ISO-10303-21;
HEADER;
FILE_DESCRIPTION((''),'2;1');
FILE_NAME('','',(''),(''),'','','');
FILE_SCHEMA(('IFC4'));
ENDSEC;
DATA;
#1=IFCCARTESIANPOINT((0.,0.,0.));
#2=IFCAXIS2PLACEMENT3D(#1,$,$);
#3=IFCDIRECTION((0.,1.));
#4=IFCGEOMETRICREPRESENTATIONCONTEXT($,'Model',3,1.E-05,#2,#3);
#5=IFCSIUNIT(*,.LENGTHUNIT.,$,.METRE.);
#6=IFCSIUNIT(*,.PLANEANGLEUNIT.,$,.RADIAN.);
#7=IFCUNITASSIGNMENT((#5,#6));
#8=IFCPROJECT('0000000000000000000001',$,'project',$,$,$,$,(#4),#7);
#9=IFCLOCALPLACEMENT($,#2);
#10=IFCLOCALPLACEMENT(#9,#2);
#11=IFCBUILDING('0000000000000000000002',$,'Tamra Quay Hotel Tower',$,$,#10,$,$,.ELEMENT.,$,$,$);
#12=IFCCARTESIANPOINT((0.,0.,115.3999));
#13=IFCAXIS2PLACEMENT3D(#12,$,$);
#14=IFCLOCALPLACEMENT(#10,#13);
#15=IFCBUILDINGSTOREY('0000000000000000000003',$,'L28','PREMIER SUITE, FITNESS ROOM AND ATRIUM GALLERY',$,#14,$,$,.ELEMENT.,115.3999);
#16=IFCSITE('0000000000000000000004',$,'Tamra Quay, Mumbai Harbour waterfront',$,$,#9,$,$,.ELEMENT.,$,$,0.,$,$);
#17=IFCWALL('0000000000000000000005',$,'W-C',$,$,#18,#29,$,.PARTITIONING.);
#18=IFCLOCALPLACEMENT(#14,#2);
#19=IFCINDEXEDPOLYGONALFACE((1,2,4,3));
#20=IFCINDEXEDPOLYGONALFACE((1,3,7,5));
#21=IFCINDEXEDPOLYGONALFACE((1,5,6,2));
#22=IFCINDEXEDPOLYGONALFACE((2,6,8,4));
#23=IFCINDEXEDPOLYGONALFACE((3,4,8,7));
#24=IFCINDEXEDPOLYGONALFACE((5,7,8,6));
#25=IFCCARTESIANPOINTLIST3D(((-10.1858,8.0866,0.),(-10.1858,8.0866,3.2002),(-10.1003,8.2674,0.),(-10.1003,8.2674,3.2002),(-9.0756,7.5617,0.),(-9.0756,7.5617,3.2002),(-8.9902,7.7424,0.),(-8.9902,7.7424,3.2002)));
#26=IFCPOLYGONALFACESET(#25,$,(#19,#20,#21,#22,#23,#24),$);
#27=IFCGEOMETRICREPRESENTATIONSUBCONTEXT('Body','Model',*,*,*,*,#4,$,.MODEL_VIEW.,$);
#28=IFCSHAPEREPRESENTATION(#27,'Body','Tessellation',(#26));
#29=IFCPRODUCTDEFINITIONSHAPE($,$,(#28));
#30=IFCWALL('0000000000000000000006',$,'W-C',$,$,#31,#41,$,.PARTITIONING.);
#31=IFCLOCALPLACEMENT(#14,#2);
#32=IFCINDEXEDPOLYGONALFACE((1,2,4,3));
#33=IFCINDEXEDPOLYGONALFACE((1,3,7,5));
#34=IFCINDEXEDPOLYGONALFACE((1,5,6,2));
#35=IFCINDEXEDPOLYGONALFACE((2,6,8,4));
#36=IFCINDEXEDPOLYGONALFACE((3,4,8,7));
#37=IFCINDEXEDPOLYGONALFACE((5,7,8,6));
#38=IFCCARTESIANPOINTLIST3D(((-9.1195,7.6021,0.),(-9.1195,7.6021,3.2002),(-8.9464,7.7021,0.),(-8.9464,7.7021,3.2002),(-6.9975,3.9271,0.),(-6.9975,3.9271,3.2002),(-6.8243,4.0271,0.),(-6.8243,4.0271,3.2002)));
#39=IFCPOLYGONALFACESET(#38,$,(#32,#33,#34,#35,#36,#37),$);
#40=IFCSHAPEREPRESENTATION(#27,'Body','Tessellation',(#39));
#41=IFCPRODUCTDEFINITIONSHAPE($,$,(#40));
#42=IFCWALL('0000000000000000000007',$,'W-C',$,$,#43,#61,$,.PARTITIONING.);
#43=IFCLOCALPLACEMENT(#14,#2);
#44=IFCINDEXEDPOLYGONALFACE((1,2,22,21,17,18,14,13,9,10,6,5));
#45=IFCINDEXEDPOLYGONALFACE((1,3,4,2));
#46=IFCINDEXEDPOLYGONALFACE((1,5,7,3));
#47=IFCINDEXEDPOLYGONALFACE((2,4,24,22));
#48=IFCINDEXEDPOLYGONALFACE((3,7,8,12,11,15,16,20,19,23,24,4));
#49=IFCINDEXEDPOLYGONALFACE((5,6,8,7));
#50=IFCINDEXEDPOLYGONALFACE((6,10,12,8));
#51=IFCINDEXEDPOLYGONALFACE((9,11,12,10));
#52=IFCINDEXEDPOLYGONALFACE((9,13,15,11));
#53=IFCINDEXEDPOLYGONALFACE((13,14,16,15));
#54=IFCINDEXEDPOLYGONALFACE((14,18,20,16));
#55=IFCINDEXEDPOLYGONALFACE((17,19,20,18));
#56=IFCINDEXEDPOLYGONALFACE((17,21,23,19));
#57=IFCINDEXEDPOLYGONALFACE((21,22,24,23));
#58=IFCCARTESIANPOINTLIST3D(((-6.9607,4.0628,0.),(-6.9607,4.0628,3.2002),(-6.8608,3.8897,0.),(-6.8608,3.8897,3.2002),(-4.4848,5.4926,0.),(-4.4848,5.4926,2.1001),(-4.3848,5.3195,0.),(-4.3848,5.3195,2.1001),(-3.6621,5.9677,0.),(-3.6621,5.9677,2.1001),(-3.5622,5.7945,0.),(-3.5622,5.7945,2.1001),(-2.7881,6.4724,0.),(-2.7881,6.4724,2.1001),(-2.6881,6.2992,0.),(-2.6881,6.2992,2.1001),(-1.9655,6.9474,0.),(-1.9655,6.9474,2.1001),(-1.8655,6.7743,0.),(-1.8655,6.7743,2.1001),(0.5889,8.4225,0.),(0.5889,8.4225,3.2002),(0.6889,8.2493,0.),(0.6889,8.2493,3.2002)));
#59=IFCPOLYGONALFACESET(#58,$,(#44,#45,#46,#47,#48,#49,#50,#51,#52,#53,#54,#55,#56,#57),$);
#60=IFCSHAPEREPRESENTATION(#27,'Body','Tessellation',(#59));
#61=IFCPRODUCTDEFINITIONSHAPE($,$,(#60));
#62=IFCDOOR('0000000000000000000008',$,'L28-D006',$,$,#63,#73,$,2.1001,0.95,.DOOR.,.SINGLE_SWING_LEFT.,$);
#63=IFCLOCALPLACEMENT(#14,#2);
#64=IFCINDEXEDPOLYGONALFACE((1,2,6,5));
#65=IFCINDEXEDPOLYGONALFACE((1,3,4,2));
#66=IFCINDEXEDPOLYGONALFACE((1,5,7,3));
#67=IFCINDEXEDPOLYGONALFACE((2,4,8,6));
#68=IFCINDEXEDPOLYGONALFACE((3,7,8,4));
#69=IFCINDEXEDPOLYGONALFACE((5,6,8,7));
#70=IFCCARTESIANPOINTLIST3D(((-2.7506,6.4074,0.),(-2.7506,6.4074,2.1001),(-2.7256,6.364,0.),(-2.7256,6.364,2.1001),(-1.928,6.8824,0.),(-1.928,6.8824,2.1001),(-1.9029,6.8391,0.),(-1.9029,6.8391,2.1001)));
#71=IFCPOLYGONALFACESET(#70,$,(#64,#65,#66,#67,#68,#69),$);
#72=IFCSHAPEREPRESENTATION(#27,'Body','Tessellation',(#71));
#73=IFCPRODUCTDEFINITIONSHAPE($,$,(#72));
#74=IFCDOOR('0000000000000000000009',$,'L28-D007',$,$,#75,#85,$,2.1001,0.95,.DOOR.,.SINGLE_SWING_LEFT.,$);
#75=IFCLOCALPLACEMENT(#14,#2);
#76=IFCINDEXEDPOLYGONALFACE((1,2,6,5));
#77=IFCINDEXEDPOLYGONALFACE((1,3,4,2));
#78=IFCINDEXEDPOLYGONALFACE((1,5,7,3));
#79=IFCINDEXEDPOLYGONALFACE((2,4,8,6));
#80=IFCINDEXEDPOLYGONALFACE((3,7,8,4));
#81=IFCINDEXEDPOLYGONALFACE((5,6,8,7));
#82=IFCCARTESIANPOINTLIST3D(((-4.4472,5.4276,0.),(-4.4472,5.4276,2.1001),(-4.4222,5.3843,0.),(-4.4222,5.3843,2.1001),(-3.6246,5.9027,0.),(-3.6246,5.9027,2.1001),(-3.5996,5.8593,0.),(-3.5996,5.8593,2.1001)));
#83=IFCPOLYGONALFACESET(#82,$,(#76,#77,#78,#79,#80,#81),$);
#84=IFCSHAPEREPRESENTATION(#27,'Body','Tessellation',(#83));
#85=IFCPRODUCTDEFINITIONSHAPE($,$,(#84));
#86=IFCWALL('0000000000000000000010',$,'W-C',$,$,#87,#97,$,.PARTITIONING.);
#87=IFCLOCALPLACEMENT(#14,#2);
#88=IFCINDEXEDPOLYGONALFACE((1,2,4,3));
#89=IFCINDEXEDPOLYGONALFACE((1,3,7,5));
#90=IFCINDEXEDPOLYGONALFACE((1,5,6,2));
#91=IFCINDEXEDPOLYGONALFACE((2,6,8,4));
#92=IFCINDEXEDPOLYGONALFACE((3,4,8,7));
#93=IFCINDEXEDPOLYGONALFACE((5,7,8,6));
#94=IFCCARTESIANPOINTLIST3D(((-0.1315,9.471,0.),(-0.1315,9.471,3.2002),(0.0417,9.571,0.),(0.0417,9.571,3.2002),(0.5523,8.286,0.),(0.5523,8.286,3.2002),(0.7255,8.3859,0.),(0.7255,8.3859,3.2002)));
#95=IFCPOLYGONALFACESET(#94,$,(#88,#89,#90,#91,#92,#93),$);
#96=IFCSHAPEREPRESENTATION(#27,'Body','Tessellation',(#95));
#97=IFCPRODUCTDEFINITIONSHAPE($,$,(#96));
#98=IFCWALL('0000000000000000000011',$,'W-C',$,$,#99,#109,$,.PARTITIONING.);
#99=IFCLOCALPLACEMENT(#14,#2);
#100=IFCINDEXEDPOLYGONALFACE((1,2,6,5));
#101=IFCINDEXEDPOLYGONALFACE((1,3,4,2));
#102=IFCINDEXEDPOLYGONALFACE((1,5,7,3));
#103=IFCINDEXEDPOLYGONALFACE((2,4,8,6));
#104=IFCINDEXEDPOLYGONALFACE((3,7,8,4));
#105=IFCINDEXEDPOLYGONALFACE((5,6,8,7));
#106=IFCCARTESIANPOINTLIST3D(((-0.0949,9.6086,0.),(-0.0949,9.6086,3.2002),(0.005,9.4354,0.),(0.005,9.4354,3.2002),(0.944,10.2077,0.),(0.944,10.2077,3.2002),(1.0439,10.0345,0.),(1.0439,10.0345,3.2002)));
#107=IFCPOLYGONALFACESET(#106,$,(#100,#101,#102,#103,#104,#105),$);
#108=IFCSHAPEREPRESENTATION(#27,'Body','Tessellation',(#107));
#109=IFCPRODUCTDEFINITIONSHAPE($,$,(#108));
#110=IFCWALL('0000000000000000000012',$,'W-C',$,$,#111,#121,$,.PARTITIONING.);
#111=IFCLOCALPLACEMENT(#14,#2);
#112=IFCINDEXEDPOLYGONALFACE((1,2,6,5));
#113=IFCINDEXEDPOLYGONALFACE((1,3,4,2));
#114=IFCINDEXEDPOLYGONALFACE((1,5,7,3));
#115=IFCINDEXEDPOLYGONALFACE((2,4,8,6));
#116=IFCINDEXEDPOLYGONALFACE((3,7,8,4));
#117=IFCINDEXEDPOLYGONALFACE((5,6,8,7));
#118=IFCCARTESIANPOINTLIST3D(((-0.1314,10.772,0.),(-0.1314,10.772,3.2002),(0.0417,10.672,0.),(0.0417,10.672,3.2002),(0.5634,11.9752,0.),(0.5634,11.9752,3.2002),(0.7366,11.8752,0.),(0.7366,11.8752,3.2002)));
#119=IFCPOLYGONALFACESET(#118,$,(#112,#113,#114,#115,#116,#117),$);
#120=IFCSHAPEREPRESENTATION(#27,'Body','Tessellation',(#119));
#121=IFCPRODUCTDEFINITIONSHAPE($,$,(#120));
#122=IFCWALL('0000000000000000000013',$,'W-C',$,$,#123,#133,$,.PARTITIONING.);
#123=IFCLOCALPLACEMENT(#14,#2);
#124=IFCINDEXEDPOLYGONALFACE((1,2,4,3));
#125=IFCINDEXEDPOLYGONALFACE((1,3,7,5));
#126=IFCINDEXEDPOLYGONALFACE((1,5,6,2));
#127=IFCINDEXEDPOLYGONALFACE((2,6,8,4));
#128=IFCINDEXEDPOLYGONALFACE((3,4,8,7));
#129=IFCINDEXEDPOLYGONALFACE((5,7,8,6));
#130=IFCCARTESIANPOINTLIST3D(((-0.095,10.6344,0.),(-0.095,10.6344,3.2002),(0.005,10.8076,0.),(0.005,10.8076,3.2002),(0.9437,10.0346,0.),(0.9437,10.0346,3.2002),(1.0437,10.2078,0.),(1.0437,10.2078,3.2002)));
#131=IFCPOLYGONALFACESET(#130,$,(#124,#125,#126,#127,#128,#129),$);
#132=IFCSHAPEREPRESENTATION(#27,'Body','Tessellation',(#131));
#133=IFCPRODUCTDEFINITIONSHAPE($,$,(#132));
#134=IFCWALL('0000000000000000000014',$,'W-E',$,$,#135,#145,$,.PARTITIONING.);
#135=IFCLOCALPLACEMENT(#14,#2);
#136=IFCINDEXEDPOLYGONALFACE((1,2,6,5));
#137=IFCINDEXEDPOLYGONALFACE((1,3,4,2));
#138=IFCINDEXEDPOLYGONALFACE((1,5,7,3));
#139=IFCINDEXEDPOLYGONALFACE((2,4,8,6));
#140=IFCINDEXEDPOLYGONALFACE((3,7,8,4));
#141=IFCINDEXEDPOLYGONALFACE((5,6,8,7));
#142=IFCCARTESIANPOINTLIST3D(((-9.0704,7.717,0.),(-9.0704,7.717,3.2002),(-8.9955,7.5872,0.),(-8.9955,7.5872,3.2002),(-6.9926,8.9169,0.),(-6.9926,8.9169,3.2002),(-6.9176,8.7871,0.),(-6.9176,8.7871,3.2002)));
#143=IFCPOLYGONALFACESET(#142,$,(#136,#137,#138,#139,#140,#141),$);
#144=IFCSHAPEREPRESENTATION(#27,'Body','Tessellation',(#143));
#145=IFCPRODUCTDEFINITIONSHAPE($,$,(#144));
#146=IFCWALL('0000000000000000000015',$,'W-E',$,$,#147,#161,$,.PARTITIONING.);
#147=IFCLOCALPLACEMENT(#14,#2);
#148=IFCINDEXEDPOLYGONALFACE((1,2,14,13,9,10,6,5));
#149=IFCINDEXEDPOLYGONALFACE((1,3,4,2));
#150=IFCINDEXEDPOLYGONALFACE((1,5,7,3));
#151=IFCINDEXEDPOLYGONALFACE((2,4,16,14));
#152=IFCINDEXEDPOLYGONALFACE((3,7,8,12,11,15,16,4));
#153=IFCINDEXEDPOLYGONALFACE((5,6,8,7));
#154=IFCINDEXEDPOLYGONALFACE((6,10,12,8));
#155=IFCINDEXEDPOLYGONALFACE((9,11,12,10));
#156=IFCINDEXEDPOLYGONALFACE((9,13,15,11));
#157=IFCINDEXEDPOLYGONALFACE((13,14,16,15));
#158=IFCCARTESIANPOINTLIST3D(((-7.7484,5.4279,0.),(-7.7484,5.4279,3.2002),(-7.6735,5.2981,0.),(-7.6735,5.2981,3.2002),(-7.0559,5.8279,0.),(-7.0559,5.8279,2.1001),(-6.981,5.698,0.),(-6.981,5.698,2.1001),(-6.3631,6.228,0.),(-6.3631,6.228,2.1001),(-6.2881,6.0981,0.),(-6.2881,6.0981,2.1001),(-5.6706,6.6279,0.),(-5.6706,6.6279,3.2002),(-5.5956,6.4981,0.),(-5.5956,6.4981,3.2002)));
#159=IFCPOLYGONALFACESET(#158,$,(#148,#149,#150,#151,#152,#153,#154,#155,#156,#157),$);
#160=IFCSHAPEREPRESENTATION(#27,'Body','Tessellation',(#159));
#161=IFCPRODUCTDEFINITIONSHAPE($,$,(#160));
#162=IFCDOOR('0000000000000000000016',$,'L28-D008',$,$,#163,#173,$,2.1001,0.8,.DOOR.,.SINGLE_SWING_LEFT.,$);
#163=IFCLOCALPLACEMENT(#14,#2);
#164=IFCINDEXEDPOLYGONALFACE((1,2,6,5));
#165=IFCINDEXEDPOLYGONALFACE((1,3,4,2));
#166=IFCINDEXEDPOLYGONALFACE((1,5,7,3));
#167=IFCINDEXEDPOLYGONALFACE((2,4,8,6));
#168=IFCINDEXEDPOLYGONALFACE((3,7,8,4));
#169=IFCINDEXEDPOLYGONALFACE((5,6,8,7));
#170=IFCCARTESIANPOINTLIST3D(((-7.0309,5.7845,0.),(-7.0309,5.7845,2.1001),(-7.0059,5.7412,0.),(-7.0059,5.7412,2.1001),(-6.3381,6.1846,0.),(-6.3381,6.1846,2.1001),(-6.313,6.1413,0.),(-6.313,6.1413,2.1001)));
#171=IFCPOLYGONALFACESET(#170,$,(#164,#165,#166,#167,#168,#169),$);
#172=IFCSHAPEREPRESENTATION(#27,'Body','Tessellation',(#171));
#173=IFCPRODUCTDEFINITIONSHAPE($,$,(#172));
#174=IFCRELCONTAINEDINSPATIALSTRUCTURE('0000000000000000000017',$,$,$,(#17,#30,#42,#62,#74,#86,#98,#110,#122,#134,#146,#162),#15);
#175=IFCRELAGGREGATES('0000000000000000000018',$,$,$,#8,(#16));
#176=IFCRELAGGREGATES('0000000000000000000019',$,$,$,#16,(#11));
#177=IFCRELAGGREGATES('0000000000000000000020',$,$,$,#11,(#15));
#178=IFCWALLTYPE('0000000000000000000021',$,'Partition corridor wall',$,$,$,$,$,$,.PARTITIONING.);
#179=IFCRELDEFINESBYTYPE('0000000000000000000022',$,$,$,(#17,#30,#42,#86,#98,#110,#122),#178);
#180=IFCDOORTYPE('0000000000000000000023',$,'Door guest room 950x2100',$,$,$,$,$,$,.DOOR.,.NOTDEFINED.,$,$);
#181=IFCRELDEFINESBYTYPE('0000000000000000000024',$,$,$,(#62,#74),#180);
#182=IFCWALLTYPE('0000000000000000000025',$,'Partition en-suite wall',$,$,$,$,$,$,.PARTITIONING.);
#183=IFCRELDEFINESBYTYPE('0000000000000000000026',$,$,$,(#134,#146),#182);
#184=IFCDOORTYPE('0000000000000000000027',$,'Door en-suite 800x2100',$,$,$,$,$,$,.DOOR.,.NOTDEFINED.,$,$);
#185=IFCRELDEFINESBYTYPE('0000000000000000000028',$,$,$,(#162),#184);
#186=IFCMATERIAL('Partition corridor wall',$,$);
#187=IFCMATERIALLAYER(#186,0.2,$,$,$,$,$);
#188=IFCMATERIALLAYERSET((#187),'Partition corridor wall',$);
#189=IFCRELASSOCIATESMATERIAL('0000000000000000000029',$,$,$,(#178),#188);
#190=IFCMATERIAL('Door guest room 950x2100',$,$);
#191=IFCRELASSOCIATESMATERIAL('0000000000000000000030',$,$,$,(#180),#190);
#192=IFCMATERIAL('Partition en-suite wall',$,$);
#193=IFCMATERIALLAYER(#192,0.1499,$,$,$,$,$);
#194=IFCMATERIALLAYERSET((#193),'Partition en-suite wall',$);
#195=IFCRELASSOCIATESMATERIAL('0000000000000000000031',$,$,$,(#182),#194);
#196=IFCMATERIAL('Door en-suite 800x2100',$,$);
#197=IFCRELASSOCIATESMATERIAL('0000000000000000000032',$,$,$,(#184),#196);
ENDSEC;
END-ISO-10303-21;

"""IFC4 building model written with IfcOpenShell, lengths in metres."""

from ifc_helpers import new_model, si_unit, direction, frame, frame_2d, origin, place, context, subcontext, project, spatial, rectangle, extrude, material, layer, layer_set, type_object, element, fill, save


model = new_model("IFC4")

# Units and contexts
model_context = context("Model", 3, precision=1e-05, world=origin(), true_north=direction((0.0, 1.0)))
body_context = subcontext(model_context, "Body", "Model", "MODEL_VIEW")
ifc_project = project(units=[si_unit("LENGTHUNIT", "METRE"), si_unit("PLANEANGLEUNIT", "RADIAN")], contexts=[model_context])

# Site, building, storey
site_placement = place(None, origin())
site = spatial("IfcSite", under=ifc_project, at=site_placement, Name="Tamra Quay, Mumbai Harbour waterfront", CompositionType="ELEMENT", RefElevation=0.0)
building_placement = place(site_placement, origin())
building = spatial("IfcBuilding", under=site, at=building_placement, Name="Tamra Quay Hotel Tower", CompositionType="ELEMENT")
storey_placement = place(building_placement, frame((0.0, 0.0, 115.3999)))
storey = spatial("IfcBuildingStorey", under=building, at=storey_placement, Name="L28", Description="PREMIER SUITE, FITNESS ROOM AND ATRIUM GALLERY", CompositionType="ELEMENT", Elevation=115.3999)

# Walls
ifc_material_1 = material(Name="Partition corridor wall")
ifc_layer_1 = layer(ifc_material_1, 0.2)
ifc_layer_set_1 = layer_set([ifc_layer_1], Name="Partition corridor wall")
wall_type_1 = type_object("IfcWallType", Name="Partition corridor wall", PredefinedType="PARTITIONING", material=ifc_layer_set_1)
wall_1_placement = place(storey_placement, frame((-10.1431, 8.177, 0.0), z_axis=(0.0, 0.0, 1.0), x_axis=(0.904033, -0.427462, 0.0)))
element("IfcWall", 1, at=wall_1_placement, inside=storey, type_object=wall_type_1, Name="W-C", PredefinedType="PARTITIONING", context=body_context, shape_type="SweptSolid", body=[
    extrude(rectangle(XDim=1.228, YDim=0.2, at=frame_2d((0.614, 0.0))), origin(), (0.0, 0.0, 1.0), 3.2002),
])
wall_2_placement = place(storey_placement, frame((-9.033, 7.6521, 0.0), z_axis=(0.0, 0.0, 1.0), x_axis=(0.500049, -0.865997, 0.0)))
element("IfcWall", 2, at=wall_2_placement, inside=storey, type_object=wall_type_1, Name="W-C", PredefinedType="PARTITIONING", context=body_context, shape_type="SweptSolid", body=[
    extrude(rectangle(XDim=4.2437, YDim=0.2, at=frame_2d((2.1218, 0.0))), origin(), (0.0, 0.0, 1.0), 3.2002),
])

# Wall, openings, doors
wall_3_placement = place(storey_placement, frame((-6.9106, 3.9763, 0.0), z_axis=(0.0, 0.0, 1.0), x_axis=(0.865982, 0.500076, 0.0)))
wall_3 = element("IfcWall", 3, at=wall_3_placement, inside=storey, type_object=wall_type_1, Name="W-C", PredefinedType="PARTITIONING", context=body_context, shape_type="SweptSolid", body=[
    extrude(rectangle(XDim=8.718, YDim=0.2, at=frame_2d((4.3589, 0.0))), origin(), (0.0, 0.0, 1.0), 3.2002),
])
opening_1_placement = place(wall_3_placement, frame((4.8181, 0.0, 0.0)))
opening_1 = element("IfcOpeningElement", 4, at=opening_1_placement, cuts=wall_3, PredefinedType="OPENING", context=body_context, shape_type="SweptSolid", body=[
    extrude(rectangle(XDim=0.95, YDim=2.1001, at=frame_2d((0.4751, 1.05))), frame((0.0, 0.1099, 0.0), z_axis=(0.0, -1.0, 0.0), x_axis=(1.0, 0.0, 0.0)), (0.0, 0.0, 1.0), 0.22),
])
opening_2_placement = place(wall_3_placement, frame((2.8589, 0.0, 0.0)))
opening_2 = element("IfcOpeningElement", 5, at=opening_2_placement, cuts=wall_3, PredefinedType="OPENING", context=body_context, shape_type="SweptSolid", body=[
    extrude(rectangle(XDim=0.95, YDim=2.1001, at=frame_2d((0.4751, 1.05))), frame((0.0, 0.1099, 0.0), z_axis=(0.0, -1.0, 0.0), x_axis=(1.0, 0.0, 0.0)), (0.0, 0.0, 1.0), 0.22),
])
ifc_material_2 = material(Name="Door guest room 950x2100")
door_type_1 = type_object("IfcDoorType", Name="Door guest room 950x2100", OperationType="NOTDEFINED", PredefinedType="DOOR", material=ifc_material_2)
door_1_placement = place(opening_1_placement, origin())
door_1 = element("IfcDoor", 6, at=door_1_placement, inside=storey, type_object=door_type_1, Name="L28-D006", OperationType="SINGLE_SWING_LEFT", OverallHeight=2.1001, OverallWidth=0.95, PredefinedType="DOOR", context=body_context, shape_type="SweptSolid", body=[
    extrude(rectangle(XDim=0.95, YDim=2.1001, at=frame_2d((0.4751, 1.05))), frame((0.0, 0.0249, 0.0), z_axis=(0.0, -1.0, 0.0), x_axis=(1.0, 0.0, 0.0)), (0.0, 0.0, 1.0), 0.05),
])
fill(opening_1, door_1)
door_2_placement = place(opening_2_placement, origin())
door_2 = element("IfcDoor", 7, at=door_2_placement, inside=storey, type_object=door_type_1, Name="L28-D007", OperationType="SINGLE_SWING_LEFT", OverallHeight=2.1001, OverallWidth=0.95, PredefinedType="DOOR", context=body_context, shape_type="SweptSolid", body=[
    extrude(rectangle(XDim=0.95, YDim=2.1001, at=frame_2d((0.4751, 1.05))), frame((0.0, 0.0249, 0.0), z_axis=(0.0, -1.0, 0.0), x_axis=(1.0, 0.0, 0.0)), (0.0, 0.0, 1.0), 0.05),
])
fill(opening_2, door_2)

# Walls
wall_4_placement = place(storey_placement, frame((-0.0449, 9.521, 0.0), z_axis=(0.0, 0.0, 1.0), x_axis=(0.499805, -0.866138, 0.0)))
element("IfcWall", 8, at=wall_4_placement, inside=storey, type_object=wall_type_1, Name="W-C", PredefinedType="PARTITIONING", context=body_context, shape_type="SweptSolid", body=[
    extrude(rectangle(XDim=1.3682, YDim=0.2, at=frame_2d((0.6841, 0.0))), origin(), (0.0, 0.0, 1.0), 3.2002),
])
wall_5_placement = place(storey_placement, frame((-0.0449, 9.522, 0.0), z_axis=(0.0, 0.0, 1.0), x_axis=(0.866257, 0.499599, 0.0)))
element("IfcWall", 9, at=wall_5_placement, inside=storey, type_object=wall_type_1, Name="W-C", PredefinedType="PARTITIONING", context=body_context, shape_type="SweptSolid", body=[
    extrude(rectangle(XDim=1.1992, YDim=0.2, at=frame_2d((0.5996, 0.0))), origin(), (0.0, 0.0, 1.0), 3.2002),
])
wall_6_placement = place(storey_placement, frame((-0.0449, 10.7219, 0.0), z_axis=(0.0, 0.0, 1.0), x_axis=(0.500108, 0.865963, 0.0)))
element("IfcWall", 10, at=wall_6_placement, inside=storey, type_object=wall_type_1, Name="W-C", PredefinedType="PARTITIONING", context=body_context, shape_type="SweptSolid", body=[
    extrude(rectangle(XDim=1.3894, YDim=0.2, at=frame_2d((0.6948, 0.0))), origin(), (0.0, 0.0, 1.0), 3.2002),
])
wall_7_placement = place(storey_placement, frame((-0.0449, 10.7209, 0.0), z_axis=(0.0, 0.0, 1.0), x_axis=(0.865992, -0.500057, 0.0)))
element("IfcWall", 11, at=wall_7_placement, inside=storey, type_object=wall_type_1, Name="W-C", PredefinedType="PARTITIONING", context=body_context, shape_type="SweptSolid", body=[
    extrude(rectangle(XDim=1.1995, YDim=0.2, at=frame_2d((0.5996, 0.0))), origin(), (0.0, 0.0, 1.0), 3.2002),
])
ifc_material_3 = material(Name="Partition en-suite wall")
ifc_layer_2 = layer(ifc_material_3, 0.1499)
ifc_layer_set_2 = layer_set([ifc_layer_2], Name="Partition en-suite wall")
wall_type_2 = type_object("IfcWallType", Name="Partition en-suite wall", PredefinedType="PARTITIONING", material=ifc_layer_set_2)
wall_8_placement = place(storey_placement, frame((-9.033, 7.6521, 0.0), z_axis=(0.0, 0.0, 1.0), x_axis=(0.865974, 0.500089, 0.0)))
element("IfcWall", 12, at=wall_8_placement, inside=storey, type_object=wall_type_2, Name="W-E", PredefinedType="PARTITIONING", context=body_context, shape_type="SweptSolid", body=[
    extrude(rectangle(XDim=2.3994, YDim=0.1499, at=frame_2d((1.1997, 0.0))), origin(), (0.0, 0.0, 1.0), 3.2002),
])

# Wall, opening, door
wall_9_placement = place(storey_placement, frame((-7.7109, 5.363, 0.0), z_axis=(0.0, 0.0, 1.0), x_axis=(0.865974, 0.500089, 0.0)))
wall_9 = element("IfcWall", 13, at=wall_9_placement, inside=storey, type_object=wall_type_2, Name="W-E", PredefinedType="PARTITIONING", context=body_context, shape_type="SweptSolid", body=[
    extrude(rectangle(XDim=2.3994, YDim=0.1499, at=frame_2d((1.1997, 0.0))), origin(), (0.0, 0.0, 1.0), 3.2002),
])
opening_3_placement = place(wall_9_placement, frame((0.7998, 0.0, 0.0)))
opening_3 = element("IfcOpeningElement", 14, at=opening_3_placement, cuts=wall_9, PredefinedType="OPENING", context=body_context, shape_type="SweptSolid", body=[
    extrude(rectangle(XDim=0.8, YDim=2.1001, at=frame_2d((0.3999, 1.05))), frame((0.0, 0.085, 0.0), z_axis=(0.0, -1.0, 0.0), x_axis=(1.0, 0.0, 0.0)), (0.0, 0.0, 1.0), 0.1699),
])
ifc_material_4 = material(Name="Door en-suite 800x2100")
door_type_2 = type_object("IfcDoorType", Name="Door en-suite 800x2100", OperationType="NOTDEFINED", PredefinedType="DOOR", material=ifc_material_4)
door_3_placement = place(opening_3_placement, origin())
door_3 = element("IfcDoor", 15, at=door_3_placement, inside=storey, type_object=door_type_2, Name="L28-D008", OperationType="SINGLE_SWING_LEFT", OverallHeight=2.1001, OverallWidth=0.8, PredefinedType="DOOR", context=body_context, shape_type="SweptSolid", body=[
    extrude(rectangle(XDim=0.8, YDim=2.1001, at=frame_2d((0.3999, 1.05))), frame((0.0, 0.0249, 0.0), z_axis=(0.0, -1.0, 0.0), x_axis=(1.0, 0.0, 0.0)), (0.0, 0.0, 1.0), 0.05),
])
fill(opening_3, door_3)

save(model, "model.ifc")
